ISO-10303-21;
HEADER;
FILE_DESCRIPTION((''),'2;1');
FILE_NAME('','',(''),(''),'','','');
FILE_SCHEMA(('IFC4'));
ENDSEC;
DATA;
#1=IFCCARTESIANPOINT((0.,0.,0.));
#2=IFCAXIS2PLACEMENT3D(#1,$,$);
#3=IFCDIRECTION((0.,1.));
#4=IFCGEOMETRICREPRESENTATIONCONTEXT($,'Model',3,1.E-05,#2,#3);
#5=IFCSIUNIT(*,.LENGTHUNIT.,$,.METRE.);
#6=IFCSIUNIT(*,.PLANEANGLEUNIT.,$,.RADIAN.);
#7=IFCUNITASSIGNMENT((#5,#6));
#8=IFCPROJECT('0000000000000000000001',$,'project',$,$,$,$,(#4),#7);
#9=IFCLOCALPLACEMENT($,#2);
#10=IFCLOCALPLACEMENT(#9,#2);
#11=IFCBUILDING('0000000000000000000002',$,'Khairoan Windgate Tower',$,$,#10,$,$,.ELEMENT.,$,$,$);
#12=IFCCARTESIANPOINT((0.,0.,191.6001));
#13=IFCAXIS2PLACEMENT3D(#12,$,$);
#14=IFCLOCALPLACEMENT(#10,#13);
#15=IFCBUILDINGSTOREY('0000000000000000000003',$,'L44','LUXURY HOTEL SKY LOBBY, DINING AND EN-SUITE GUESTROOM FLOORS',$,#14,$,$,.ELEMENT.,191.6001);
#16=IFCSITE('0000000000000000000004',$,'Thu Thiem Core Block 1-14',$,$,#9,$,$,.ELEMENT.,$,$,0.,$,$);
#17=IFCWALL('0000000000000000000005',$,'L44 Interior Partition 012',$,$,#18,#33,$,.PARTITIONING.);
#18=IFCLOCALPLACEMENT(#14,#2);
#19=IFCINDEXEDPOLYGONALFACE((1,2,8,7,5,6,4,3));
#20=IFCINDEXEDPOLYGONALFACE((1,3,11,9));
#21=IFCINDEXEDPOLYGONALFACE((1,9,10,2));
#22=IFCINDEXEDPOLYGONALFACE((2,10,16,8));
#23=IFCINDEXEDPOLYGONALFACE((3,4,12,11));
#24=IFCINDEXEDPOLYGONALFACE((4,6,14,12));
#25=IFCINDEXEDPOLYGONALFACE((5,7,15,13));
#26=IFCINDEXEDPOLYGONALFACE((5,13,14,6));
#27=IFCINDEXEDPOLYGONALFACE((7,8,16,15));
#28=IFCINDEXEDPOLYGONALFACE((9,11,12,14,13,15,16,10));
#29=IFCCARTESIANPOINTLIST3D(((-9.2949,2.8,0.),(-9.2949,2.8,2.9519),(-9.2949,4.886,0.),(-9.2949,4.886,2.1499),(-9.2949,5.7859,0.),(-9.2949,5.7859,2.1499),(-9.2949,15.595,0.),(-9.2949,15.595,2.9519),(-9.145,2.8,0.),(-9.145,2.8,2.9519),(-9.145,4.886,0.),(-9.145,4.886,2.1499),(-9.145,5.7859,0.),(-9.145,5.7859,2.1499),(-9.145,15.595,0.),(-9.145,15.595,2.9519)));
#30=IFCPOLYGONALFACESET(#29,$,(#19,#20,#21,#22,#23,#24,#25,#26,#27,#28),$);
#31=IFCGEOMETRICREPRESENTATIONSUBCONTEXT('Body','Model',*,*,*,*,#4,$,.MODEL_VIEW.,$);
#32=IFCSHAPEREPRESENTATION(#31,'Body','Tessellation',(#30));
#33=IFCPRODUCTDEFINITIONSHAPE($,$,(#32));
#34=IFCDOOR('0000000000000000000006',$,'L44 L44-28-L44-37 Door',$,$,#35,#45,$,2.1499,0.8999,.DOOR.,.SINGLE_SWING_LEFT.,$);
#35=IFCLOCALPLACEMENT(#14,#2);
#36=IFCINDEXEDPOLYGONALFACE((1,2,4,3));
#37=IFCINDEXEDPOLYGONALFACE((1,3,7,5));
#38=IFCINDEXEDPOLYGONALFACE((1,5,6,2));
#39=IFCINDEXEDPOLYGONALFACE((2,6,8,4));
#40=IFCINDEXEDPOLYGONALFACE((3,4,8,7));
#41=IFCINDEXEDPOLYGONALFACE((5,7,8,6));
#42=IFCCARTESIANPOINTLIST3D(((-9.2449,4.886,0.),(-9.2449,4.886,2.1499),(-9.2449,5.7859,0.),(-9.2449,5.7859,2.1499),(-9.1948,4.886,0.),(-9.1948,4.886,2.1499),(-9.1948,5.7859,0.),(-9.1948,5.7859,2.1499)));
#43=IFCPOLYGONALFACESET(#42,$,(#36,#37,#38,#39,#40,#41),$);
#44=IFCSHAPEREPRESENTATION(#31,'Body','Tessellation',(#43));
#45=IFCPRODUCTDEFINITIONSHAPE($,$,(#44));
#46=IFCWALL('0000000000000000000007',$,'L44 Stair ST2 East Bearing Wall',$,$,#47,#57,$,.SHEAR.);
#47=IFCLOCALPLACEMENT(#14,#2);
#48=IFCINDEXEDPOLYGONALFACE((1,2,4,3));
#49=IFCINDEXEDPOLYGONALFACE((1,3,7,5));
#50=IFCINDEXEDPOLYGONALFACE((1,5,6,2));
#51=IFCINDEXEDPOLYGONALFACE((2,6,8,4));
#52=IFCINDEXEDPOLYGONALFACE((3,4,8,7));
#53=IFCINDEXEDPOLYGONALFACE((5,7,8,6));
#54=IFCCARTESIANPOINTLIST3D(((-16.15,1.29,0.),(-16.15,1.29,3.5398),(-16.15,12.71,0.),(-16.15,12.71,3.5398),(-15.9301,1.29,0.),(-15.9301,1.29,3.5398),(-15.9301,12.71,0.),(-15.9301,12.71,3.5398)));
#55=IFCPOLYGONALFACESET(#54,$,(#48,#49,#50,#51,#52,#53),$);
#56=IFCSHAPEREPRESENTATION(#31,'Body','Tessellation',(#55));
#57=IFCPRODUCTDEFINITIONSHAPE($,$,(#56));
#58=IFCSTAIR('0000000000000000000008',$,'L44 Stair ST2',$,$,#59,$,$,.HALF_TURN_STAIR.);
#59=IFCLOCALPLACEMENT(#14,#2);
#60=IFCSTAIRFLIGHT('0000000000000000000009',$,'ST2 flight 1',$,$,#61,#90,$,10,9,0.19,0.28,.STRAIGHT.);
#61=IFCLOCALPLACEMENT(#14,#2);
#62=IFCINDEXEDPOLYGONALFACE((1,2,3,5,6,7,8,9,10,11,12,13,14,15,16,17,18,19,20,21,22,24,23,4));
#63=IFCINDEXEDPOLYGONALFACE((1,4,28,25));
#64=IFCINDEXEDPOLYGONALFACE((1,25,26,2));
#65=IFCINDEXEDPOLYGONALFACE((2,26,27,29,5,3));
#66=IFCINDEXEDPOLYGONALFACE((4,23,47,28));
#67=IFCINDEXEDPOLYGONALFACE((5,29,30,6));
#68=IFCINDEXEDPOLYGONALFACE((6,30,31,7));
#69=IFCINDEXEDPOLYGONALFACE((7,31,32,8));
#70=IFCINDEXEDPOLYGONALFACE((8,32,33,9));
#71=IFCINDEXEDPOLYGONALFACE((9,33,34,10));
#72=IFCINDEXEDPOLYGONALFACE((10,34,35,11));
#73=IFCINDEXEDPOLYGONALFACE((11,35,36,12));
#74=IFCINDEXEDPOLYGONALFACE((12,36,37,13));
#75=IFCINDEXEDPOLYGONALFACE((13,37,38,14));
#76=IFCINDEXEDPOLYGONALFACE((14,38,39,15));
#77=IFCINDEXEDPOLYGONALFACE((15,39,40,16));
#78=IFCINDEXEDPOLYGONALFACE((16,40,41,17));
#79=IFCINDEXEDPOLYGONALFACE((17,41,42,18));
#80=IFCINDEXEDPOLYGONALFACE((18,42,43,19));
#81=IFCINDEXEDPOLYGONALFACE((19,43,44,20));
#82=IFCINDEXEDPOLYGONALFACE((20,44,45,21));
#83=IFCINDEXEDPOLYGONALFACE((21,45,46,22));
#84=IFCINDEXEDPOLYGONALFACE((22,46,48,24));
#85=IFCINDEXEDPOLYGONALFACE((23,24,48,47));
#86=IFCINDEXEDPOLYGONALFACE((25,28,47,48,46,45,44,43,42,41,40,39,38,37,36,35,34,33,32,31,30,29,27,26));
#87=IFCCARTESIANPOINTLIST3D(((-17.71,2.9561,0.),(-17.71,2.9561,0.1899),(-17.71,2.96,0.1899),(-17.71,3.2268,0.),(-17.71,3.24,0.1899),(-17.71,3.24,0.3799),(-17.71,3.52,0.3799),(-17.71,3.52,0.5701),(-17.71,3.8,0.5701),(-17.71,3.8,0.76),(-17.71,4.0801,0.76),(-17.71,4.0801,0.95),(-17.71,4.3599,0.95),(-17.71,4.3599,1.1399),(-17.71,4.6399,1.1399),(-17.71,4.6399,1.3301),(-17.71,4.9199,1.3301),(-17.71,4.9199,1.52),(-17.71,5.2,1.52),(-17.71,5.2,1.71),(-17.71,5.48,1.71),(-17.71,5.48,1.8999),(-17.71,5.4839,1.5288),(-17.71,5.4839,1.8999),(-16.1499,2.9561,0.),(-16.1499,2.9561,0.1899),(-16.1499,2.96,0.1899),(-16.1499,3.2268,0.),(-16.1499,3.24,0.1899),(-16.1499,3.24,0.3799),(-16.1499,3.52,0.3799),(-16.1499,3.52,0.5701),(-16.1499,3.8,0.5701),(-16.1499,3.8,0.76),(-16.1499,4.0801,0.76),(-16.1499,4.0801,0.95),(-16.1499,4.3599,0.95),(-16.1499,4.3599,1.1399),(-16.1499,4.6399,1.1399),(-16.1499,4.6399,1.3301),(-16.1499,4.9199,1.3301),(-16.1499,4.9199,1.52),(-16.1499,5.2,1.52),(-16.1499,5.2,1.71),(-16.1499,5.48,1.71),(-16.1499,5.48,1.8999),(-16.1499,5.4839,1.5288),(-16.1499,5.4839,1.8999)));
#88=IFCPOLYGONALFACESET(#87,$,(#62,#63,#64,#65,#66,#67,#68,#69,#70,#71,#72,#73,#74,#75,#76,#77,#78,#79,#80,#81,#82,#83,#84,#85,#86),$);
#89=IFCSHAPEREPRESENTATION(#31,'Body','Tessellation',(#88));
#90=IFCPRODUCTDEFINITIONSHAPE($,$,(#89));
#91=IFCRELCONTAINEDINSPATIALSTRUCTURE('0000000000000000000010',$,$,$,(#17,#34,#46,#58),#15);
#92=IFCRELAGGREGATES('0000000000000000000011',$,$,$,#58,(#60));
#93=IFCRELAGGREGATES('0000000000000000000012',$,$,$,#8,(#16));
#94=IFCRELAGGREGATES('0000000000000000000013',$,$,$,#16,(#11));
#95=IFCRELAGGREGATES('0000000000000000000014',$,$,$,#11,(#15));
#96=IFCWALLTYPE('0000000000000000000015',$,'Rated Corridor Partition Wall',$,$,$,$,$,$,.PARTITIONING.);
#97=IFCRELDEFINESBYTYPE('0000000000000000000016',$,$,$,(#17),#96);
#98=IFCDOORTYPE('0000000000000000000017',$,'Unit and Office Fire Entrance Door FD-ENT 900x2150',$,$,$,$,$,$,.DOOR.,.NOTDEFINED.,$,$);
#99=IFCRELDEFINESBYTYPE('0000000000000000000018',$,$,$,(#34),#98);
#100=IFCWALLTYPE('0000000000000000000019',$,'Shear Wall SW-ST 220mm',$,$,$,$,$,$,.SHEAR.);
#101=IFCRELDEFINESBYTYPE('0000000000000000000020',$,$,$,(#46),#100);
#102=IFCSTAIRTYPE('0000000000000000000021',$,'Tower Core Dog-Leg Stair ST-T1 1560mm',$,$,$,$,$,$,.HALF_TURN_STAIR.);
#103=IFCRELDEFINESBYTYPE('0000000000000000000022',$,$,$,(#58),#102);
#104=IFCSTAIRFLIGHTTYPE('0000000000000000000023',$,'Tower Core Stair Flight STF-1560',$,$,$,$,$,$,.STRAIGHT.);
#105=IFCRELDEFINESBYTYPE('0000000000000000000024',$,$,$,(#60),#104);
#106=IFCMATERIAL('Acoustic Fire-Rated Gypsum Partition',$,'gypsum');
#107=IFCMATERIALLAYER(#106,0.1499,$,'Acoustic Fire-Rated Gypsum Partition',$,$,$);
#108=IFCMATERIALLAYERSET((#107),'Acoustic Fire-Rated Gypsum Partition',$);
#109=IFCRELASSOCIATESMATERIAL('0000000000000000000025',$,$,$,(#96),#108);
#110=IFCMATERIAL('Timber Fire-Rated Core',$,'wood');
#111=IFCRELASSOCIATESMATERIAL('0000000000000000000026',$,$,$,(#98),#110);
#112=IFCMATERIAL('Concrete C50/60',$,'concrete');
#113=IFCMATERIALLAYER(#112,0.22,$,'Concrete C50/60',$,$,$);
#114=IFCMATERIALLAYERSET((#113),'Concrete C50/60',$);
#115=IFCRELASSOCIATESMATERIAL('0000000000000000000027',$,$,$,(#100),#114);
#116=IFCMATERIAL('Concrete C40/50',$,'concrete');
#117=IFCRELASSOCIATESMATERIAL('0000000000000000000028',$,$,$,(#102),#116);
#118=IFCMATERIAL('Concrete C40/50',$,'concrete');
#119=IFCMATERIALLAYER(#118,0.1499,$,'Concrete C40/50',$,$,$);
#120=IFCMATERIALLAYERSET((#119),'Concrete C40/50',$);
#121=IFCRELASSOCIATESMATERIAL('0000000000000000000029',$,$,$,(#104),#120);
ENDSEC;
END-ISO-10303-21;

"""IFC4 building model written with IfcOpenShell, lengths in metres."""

from ifc_helpers import new_model, si_unit, direction, frame, frame_2d, origin, place, context, subcontext, project, spatial, polyline, rectangle, outline, extrude, material, layer, layer_set, type_object, element, fill, aggregate, save


model = new_model("IFC4")

# Units and contexts
model_context = context("Model", 3, precision=1e-05, world=origin(), true_north=direction((0.0, 1.0)))
body_context = subcontext(model_context, "Body", "Model", "MODEL_VIEW")
ifc_project = project(units=[si_unit("LENGTHUNIT", "METRE"), si_unit("PLANEANGLEUNIT", "RADIAN")], contexts=[model_context])

# Site, building, storey
site_placement = place(None, origin())
site = spatial("IfcSite", under=ifc_project, at=site_placement, Name="Thu Thiem Core Block 1-14", CompositionType="ELEMENT", RefElevation=0.0)
building_placement = place(site_placement, origin())
building = spatial("IfcBuilding", under=site, at=building_placement, Name="Khairoan Windgate Tower", CompositionType="ELEMENT")
storey_placement = place(building_placement, frame((0.0, 0.0, 191.6001)))
storey = spatial("IfcBuildingStorey", under=building, at=storey_placement, Name="L44", Description="LUXURY HOTEL SKY LOBBY, DINING AND EN-SUITE GUESTROOM FLOORS", CompositionType="ELEMENT", Elevation=191.6001)

# Wall, opening, door
ifc_material_1 = material(Name="Acoustic Fire-Rated Gypsum Partition", Category="gypsum")
ifc_layer_1 = layer(ifc_material_1, 0.1499, Name="Acoustic Fire-Rated Gypsum Partition")
ifc_layer_set_1 = layer_set([ifc_layer_1], Name="Acoustic Fire-Rated Gypsum Partition")
wall_type_1 = type_object("IfcWallType", Name="Rated Corridor Partition Wall", PredefinedType="PARTITIONING", material=ifc_layer_set_1)
wall_1_placement = place(storey_placement, frame((-9.22, 2.8, 0.0), z_axis=(0.0, 0.0, 1.0), x_axis=(0.0, 1.0, 0.0)))
wall_1 = element("IfcWall", 1, at=wall_1_placement, inside=storey, type_object=wall_type_1, Name="L44 Interior Partition 012", PredefinedType="PARTITIONING", context=body_context, shape_type="SweptSolid", body=[
    extrude(rectangle(XDim=12.7949, YDim=0.1499, at=frame_2d((6.3975, 0.0))), origin(), (0.0, 0.0, 1.0), 2.9519),
])
opening_placement = place(wall_1_placement, frame((2.0859, 0.0, 0.0)))
opening = element("IfcOpeningElement", 2, at=opening_placement, cuts=wall_1, PredefinedType="OPENING", context=body_context, shape_type="SweptSolid", body=[
    extrude(rectangle(XDim=0.8999, YDim=2.1499, at=frame_2d((0.45, 1.075))), frame((0.0, 0.085, 0.0), z_axis=(0.0, -1.0, 0.0), x_axis=(1.0, 0.0, 0.0)), (0.0, 0.0, 1.0), 0.1699),
])
ifc_material_2 = material(Name="Timber Fire-Rated Core", Category="wood")
door_type = type_object("IfcDoorType", Name="Unit and Office Fire Entrance Door FD-ENT 900x2150", OperationType="NOTDEFINED", PredefinedType="DOOR", material=ifc_material_2)
door_placement = place(opening_placement, origin())
door = element("IfcDoor", 3, at=door_placement, inside=storey, type_object=door_type, Name="L44 L44-28-L44-37 Door", OperationType="SINGLE_SWING_LEFT", OverallHeight=2.1499, OverallWidth=0.8999, PredefinedType="DOOR", context=body_context, shape_type="SweptSolid", body=[
    extrude(rectangle(XDim=0.8999, YDim=2.1499, at=frame_2d((0.45, 1.075))), frame((0.0, 0.0249, 0.0), z_axis=(0.0, -1.0, 0.0), x_axis=(1.0, 0.0, 0.0)), (0.0, 0.0, 1.0), 0.05),
])
fill(opening, door)

# Wall
ifc_material_3 = material(Name="Concrete C50/60", Category="concrete")
ifc_layer_2 = layer(ifc_material_3, 0.22, Name="Concrete C50/60")
ifc_layer_set_2 = layer_set([ifc_layer_2], Name="Concrete C50/60")
wall_type_2 = type_object("IfcWallType", Name="Shear Wall SW-ST 220mm", PredefinedType="SHEAR", material=ifc_layer_set_2)
wall_2_placement = place(storey_placement, frame((-16.04, 1.29, 0.0), z_axis=(0.0, 0.0, 1.0), x_axis=(0.0, 1.0, 0.0)))
element("IfcWall", 4, at=wall_2_placement, inside=storey, type_object=wall_type_2, Name="L44 Stair ST2 East Bearing Wall", PredefinedType="SHEAR", context=body_context, shape_type="SweptSolid", body=[
    extrude(rectangle(XDim=11.4199, YDim=0.22, at=frame_2d((5.71, 0.0))), origin(), (0.0, 0.0, 1.0), 3.5398),
])

# Stair, stair flight
ifc_material_4 = material(Name="Concrete C40/50", Category="concrete")
stair_type = type_object("IfcStairType", Name="Tower Core Dog-Leg Stair ST-T1 1560mm", PredefinedType="HALF_TURN_STAIR", material=ifc_material_4)
stair_placement = place(storey_placement, origin())
stair = element("IfcStair", 5, at=stair_placement, inside=storey, type_object=stair_type, Name="L44 Stair ST2", PredefinedType="HALF_TURN_STAIR")
ifc_material_5 = material(Name="Concrete C40/50", Category="concrete")
ifc_layer_3 = layer(ifc_material_5, 0.1499, Name="Concrete C40/50")
ifc_layer_set_3 = layer_set([ifc_layer_3], Name="Concrete C40/50")
stair_flight_type = type_object("IfcStairFlightType", Name="Tower Core Stair Flight STF-1560", PredefinedType="STRAIGHT", material=ifc_layer_set_3)
stair_flight_placement = place(storey_placement, frame((-16.9299, 2.96, 0.0), z_axis=(0.0, 0.0, 1.0), x_axis=(0.0, 1.0, 0.0)))
stair_flight = element("IfcStairFlight", 6, at=stair_flight_placement, type_object=stair_flight_type, Name="ST2 flight 1", NumberOfRisers=10, NumberOfTreads=9, PredefinedType="STRAIGHT", RiserHeight=0.19, TreadLength=0.28, context=body_context, shape_type="SweptSolid", body=[
    extrude(outline(polyline([(-0.0039, 0.0), (-0.0039, 0.1899), (0.0, 0.1899), (0.28, 0.1899), (0.28, 0.3799), (0.5601, 0.3799), (0.5601, 0.5701), (0.8401, 0.5701), (0.8401, 0.76), (1.1201, 0.76), (1.1201, 0.95), (1.3999, 0.95), (1.3999, 1.1399), (1.6799, 1.1399), (1.6799, 1.3301), (1.96, 1.3301), (1.96, 1.52), (2.24, 1.52), (2.24, 1.71), (2.52, 1.71), (2.52, 1.8999), (2.5239, 1.8999), (2.5239, 1.5288), (0.2668, 0.0), (-0.0039, 0.0)])), frame((0.0, 0.78, 0.0), z_axis=(0.0, -1.0, 0.0), x_axis=(1.0, 0.0, 0.0)), (0.0, 0.0, 1.0), 1.5601),
])
aggregate(stair, [stair_flight])

save(model, "model.ifc")
